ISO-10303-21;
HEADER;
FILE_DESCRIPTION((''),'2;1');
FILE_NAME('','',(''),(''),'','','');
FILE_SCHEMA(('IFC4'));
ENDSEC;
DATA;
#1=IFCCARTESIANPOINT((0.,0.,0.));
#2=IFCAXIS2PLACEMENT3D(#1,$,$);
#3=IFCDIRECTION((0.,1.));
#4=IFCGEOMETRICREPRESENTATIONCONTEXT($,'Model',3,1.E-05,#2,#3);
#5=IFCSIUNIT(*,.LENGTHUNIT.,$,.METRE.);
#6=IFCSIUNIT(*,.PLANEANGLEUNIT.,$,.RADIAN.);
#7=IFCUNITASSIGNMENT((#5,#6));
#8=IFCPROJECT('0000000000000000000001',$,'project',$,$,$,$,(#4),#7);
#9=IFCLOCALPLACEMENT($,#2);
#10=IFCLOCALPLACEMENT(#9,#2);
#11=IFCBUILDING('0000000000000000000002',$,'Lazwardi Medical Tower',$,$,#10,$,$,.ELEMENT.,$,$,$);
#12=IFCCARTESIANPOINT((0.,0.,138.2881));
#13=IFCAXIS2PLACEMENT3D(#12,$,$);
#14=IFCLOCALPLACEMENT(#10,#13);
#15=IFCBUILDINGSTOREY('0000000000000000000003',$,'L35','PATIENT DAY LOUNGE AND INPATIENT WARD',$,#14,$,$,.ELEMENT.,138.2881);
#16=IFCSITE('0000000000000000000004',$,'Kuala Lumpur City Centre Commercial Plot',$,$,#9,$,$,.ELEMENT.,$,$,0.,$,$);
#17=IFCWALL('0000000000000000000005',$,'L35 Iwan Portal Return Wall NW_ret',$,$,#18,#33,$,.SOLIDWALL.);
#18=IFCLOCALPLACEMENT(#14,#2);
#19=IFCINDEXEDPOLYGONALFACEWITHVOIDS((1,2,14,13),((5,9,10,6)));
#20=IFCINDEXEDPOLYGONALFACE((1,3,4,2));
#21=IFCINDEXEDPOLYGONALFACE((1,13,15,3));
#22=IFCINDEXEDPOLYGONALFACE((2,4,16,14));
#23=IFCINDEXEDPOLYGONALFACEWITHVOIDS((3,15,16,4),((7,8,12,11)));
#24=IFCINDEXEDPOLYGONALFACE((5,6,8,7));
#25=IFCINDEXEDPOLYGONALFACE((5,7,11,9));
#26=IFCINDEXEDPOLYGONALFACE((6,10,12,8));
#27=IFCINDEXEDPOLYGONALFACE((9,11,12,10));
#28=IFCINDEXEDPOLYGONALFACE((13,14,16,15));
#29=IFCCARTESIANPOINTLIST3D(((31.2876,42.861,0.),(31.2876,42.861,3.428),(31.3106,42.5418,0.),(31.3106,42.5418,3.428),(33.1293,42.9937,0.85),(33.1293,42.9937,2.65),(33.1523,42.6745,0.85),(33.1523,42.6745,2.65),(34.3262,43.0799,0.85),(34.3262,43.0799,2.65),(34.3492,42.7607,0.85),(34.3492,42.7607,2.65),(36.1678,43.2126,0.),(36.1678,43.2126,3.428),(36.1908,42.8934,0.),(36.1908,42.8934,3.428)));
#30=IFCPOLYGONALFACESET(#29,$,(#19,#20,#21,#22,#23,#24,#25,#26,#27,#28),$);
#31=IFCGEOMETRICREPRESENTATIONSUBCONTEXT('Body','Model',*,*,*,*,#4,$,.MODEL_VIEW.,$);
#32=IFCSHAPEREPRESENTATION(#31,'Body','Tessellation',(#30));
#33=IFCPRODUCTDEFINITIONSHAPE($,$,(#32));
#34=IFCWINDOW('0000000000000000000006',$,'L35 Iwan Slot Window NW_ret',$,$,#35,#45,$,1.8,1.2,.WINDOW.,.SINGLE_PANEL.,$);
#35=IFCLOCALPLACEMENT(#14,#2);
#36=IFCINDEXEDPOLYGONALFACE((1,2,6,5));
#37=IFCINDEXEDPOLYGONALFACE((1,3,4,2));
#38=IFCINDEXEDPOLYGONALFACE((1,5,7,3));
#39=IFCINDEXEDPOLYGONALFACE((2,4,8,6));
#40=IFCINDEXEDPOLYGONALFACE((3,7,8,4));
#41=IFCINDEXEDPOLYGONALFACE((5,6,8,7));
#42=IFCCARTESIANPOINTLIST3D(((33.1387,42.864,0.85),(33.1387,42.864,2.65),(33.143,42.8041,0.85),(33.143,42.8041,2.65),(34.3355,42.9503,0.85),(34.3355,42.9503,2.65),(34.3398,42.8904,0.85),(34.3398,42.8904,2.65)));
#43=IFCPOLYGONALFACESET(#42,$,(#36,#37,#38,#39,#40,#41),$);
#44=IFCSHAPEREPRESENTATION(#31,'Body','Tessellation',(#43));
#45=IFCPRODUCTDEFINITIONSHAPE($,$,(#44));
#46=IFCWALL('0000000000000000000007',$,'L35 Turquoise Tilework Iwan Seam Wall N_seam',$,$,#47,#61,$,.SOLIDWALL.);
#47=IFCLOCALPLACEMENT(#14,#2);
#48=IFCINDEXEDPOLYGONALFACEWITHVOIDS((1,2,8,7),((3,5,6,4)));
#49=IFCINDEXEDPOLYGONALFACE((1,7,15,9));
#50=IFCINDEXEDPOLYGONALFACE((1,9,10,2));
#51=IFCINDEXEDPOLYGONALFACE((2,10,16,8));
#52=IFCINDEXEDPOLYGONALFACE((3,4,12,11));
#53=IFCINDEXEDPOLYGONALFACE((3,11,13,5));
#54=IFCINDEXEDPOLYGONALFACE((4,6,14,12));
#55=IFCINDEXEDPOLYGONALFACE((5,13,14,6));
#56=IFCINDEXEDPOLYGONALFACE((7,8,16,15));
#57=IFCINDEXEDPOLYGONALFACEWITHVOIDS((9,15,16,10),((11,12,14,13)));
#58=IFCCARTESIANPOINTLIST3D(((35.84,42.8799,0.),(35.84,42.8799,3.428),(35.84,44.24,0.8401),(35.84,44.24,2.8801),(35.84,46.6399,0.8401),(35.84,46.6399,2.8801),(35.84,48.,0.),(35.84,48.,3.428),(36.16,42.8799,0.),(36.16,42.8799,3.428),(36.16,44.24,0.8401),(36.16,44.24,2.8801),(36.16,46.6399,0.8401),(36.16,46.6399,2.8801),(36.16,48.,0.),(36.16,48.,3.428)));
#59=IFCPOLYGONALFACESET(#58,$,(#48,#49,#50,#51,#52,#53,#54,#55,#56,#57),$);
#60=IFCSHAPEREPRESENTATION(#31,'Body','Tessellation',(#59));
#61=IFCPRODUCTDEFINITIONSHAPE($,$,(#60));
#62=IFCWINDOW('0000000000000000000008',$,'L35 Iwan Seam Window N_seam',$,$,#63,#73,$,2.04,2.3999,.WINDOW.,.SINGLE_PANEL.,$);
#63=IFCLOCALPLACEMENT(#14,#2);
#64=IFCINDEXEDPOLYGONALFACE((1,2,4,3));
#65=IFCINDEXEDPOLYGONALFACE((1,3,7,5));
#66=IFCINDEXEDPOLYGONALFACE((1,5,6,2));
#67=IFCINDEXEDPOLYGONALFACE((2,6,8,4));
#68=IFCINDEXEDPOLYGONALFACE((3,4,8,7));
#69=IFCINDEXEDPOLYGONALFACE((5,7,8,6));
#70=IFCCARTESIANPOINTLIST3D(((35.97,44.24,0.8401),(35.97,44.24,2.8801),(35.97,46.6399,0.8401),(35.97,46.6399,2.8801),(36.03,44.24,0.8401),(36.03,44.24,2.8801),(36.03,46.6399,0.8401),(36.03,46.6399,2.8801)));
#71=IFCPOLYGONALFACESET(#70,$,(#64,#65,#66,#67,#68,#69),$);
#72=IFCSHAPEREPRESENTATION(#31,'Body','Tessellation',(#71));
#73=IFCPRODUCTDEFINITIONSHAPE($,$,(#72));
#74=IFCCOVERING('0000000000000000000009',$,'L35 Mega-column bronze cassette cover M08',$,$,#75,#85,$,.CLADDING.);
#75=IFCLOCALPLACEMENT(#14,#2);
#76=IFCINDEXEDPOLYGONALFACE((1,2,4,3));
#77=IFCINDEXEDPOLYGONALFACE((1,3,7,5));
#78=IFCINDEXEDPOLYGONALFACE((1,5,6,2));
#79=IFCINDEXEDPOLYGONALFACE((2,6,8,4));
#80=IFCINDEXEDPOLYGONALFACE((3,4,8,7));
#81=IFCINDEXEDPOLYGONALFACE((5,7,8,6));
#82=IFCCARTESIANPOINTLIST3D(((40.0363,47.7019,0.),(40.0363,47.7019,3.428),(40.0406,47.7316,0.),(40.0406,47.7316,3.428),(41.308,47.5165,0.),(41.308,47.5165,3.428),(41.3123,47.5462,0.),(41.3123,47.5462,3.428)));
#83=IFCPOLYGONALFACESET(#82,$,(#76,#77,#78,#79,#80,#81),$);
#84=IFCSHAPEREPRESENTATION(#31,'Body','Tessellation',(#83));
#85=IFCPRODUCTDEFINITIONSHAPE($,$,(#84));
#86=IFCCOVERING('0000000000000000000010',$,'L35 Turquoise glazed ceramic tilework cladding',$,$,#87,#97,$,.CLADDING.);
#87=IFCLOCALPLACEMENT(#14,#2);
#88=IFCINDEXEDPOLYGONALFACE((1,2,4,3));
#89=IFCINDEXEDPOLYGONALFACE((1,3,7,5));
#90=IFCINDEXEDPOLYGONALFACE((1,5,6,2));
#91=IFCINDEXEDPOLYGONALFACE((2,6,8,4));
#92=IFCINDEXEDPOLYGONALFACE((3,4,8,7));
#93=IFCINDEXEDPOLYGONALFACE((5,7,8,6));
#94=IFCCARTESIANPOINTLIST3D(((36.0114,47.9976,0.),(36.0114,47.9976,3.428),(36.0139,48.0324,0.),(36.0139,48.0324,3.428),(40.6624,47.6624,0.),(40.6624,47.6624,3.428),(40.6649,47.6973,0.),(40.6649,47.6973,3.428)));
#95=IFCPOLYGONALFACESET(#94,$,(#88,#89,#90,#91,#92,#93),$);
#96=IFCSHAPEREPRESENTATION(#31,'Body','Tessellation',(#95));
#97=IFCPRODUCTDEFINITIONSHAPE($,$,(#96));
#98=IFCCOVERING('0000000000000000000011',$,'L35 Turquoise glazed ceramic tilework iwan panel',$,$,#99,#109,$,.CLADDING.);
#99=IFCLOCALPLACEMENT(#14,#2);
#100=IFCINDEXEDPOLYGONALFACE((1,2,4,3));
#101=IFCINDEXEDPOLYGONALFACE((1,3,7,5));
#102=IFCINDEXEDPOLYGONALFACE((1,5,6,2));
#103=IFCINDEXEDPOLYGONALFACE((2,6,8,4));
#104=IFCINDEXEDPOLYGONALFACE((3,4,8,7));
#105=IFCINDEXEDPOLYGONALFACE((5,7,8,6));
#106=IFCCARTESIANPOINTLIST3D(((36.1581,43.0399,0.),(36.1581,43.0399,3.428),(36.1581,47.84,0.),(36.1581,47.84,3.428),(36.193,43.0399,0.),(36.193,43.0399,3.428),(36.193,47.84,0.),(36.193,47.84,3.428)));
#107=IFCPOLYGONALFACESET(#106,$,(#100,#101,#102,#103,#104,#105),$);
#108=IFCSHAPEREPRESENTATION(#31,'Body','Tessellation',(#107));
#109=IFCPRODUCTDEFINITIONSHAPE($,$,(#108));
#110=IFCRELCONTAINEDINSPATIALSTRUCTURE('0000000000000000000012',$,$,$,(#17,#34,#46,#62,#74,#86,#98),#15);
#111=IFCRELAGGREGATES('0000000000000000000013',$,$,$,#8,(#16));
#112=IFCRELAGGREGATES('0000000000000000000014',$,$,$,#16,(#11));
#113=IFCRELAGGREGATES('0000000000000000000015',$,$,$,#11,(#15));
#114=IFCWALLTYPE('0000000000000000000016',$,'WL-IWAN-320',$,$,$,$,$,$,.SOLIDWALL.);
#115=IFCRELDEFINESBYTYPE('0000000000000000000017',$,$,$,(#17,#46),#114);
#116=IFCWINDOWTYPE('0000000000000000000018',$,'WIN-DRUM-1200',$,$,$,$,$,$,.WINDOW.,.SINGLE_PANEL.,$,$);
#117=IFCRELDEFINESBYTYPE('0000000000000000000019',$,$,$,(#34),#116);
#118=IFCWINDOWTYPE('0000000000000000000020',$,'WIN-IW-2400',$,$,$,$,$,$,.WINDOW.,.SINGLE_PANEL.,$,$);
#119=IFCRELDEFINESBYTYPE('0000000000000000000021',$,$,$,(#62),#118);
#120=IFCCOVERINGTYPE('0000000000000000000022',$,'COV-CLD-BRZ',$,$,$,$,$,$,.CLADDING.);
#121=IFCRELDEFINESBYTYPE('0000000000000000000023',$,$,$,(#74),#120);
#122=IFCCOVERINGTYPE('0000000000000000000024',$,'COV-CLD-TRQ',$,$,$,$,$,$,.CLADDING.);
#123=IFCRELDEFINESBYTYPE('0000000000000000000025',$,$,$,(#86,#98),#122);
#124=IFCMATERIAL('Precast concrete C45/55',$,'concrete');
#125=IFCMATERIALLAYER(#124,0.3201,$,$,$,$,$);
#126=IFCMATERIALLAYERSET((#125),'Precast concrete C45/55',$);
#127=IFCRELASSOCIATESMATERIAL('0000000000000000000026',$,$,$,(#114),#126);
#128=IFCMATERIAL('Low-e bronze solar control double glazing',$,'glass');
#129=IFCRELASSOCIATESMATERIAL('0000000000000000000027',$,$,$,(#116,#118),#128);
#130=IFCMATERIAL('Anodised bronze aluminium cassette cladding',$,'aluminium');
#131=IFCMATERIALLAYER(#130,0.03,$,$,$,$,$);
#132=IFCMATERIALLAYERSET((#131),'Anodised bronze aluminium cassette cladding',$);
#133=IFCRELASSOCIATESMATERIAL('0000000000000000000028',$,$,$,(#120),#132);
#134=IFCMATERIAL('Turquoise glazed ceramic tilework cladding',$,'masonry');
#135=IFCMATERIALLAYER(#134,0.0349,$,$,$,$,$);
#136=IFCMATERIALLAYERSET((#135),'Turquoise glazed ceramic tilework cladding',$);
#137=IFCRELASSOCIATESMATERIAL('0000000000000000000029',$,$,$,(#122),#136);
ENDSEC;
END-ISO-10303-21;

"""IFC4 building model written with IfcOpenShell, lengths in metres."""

from ifc_helpers import new_model, si_unit, direction, frame, frame_2d, origin, origin_2d, place, context, subcontext, project, spatial, rectangle, extrude, material, layer, layer_set, type_object, element, fill, save


model = new_model("IFC4")

# Units and contexts
model_context = context("Model", 3, precision=1e-05, world=origin(), true_north=direction((0.0, 1.0)))
body_context = subcontext(model_context, "Body", "Model", "MODEL_VIEW")
ifc_project = project(units=[si_unit("LENGTHUNIT", "METRE"), si_unit("PLANEANGLEUNIT", "RADIAN")], contexts=[model_context])

# Site, building, storey
site_placement = place(None, origin())
site = spatial("IfcSite", under=ifc_project, at=site_placement, Name="Kuala Lumpur City Centre Commercial Plot", CompositionType="ELEMENT", RefElevation=0.0)
building_placement = place(site_placement, origin())
building = spatial("IfcBuilding", under=site, at=building_placement, Name="Lazwardi Medical Tower", CompositionType="ELEMENT")
storey_placement = place(building_placement, frame((0.0, 0.0, 138.2881)))
storey = spatial("IfcBuildingStorey", under=building, at=storey_placement, Name="L35", Description="PATIENT DAY LOUNGE AND INPATIENT WARD", CompositionType="ELEMENT", Elevation=138.2881)

# Shared definitions
ifc_material_1 = material(Name="Low-e bronze solar control double glazing", Category="glass")

# Walls, openings, windows
ifc_material_2 = material(Name="Precast concrete C45/55", Category="concrete")
ifc_layer_1 = layer(ifc_material_2, 0.3201)
ifc_layer_set_1 = layer_set([ifc_layer_1], Name="Precast concrete C45/55")
wall_type_1 = type_object("IfcWallType", Name="WL-IWAN-320", PredefinedType="SOLIDWALL", material=ifc_layer_set_1)
wall_1_placement = place(storey_placement, frame((36.1792, 43.053, 0.0), z_axis=(0.0, 0.0, 1.0), x_axis=(-0.997415, -0.071853, 0.0)))
wall_1 = element("IfcWall", 1, at=wall_1_placement, inside=storey, type_object=wall_type_1, Name="L35 Iwan Portal Return Wall NW_ret", PredefinedType="SOLIDWALL", context=body_context, shape_type="SweptSolid", body=[
    extrude(rectangle(XDim=4.8928, YDim=0.3201, at=frame_2d((2.4463, 0.0))), origin(), (0.0, 0.0, 1.0), 3.428),
])
opening_1_placement = place(wall_1_placement, frame((1.8462, 0.0, 0.8501)))
opening_1 = element("IfcOpeningElement", 2, at=opening_1_placement, cuts=wall_1, PredefinedType="OPENING", context=body_context, shape_type="SweptSolid", body=[
    extrude(rectangle(XDim=1.2, YDim=1.8, at=frame_2d((0.6001, 0.8999))), frame((0.0, 0.1699, 0.0), z_axis=(0.0, -1.0, 0.0), x_axis=(1.0, 0.0, 0.0)), (0.0, 0.0, 1.0), 0.3401),
])
window_type_1 = type_object("IfcWindowType", Name="WIN-DRUM-1200", PartitioningType="SINGLE_PANEL", PredefinedType="WINDOW", material=ifc_material_1)
window_1_placement = place(opening_1_placement, origin())
window_1 = element("IfcWindow", 3, at=window_1_placement, inside=storey, type_object=window_type_1, Name="L35 Iwan Slot Window NW_ret", OverallHeight=1.8, OverallWidth=1.2, PartitioningType="SINGLE_PANEL", PredefinedType="WINDOW", context=body_context, shape_type="SweptSolid", body=[
    extrude(rectangle(XDim=1.2, YDim=1.8, at=frame_2d((0.6001, 0.8999))), frame((0.0, 0.03, 0.0), z_axis=(0.0, -1.0, 0.0), x_axis=(1.0, 0.0, 0.0)), (0.0, 0.0, 1.0), 0.0601),
])
fill(opening_1, window_1)
wall_2_placement = place(storey_placement, frame((36.0, 48.0, 0.0), z_axis=(0.0, 0.0, 1.0), x_axis=(0.0, -1.0, 0.0)))
wall_2 = element("IfcWall", 4, at=wall_2_placement, inside=storey, type_object=wall_type_1, Name="L35 Turquoise Tilework Iwan Seam Wall N_seam", PredefinedType="SOLIDWALL", context=body_context, shape_type="SweptSolid", body=[
    extrude(rectangle(XDim=5.1201, YDim=0.3201, at=frame_2d((2.5601, 0.0))), origin(), (0.0, 0.0, 1.0), 3.428),
])
opening_2_placement = place(wall_2_placement, frame((1.3601, 0.0, 0.8401)))
opening_2 = element("IfcOpeningElement", 5, at=opening_2_placement, cuts=wall_2, PredefinedType="OPENING", context=body_context, shape_type="SweptSolid", body=[
    extrude(rectangle(XDim=2.3999, YDim=2.04, at=frame_2d((1.2, 1.02))), frame((0.0, 0.1699, 0.0), z_axis=(0.0, -1.0, 0.0), x_axis=(1.0, 0.0, 0.0)), (0.0, 0.0, 1.0), 0.3401),
])
window_type_2 = type_object("IfcWindowType", Name="WIN-IW-2400", PartitioningType="SINGLE_PANEL", PredefinedType="WINDOW", material=ifc_material_1)
window_2_placement = place(opening_2_placement, origin())
window_2 = element("IfcWindow", 6, at=window_2_placement, inside=storey, type_object=window_type_2, Name="L35 Iwan Seam Window N_seam", OverallHeight=2.04, OverallWidth=2.3999, PartitioningType="SINGLE_PANEL", PredefinedType="WINDOW", context=body_context, shape_type="SweptSolid", body=[
    extrude(rectangle(XDim=2.3999, YDim=2.04, at=frame_2d((1.2, 1.02))), frame((0.0, 0.03, 0.0), z_axis=(0.0, -1.0, 0.0), x_axis=(1.0, 0.0, 0.0)), (0.0, 0.0, 1.0), 0.0601),
])
fill(opening_2, window_2)

# Coverings
ifc_material_3 = material(Name="Anodised bronze aluminium cassette cladding", Category="aluminium")
ifc_layer_2 = layer(ifc_material_3, 0.03)
ifc_layer_set_2 = layer_set([ifc_layer_2], Name="Anodised bronze aluminium cassette cladding")
covering_type_1 = type_object("IfcCoveringType", Name="COV-CLD-BRZ", PredefinedType="CLADDING", material=ifc_layer_set_2)
covering_1_placement = place(storey_placement, frame((40.6743, 47.624, 0.0), z_axis=(0.0, 0.0, 1.0), x_axis=(-0.989539, 0.144265, 0.0)))
element("IfcCovering", 7, at=covering_1_placement, inside=storey, type_object=covering_type_1, Name="L35 Mega-column bronze cassette cover M08", PredefinedType="CLADDING", context=body_context, shape_type="SweptSolid", body=[
    extrude(rectangle(XDim=1.2852, YDim=0.03, at=origin_2d()), origin(), (0.0, 0.0, 1.0), 3.428),
])
ifc_material_4 = material(Name="Turquoise glazed ceramic tilework cladding", Category="masonry")
ifc_layer_3 = layer(ifc_material_4, 0.0349)
ifc_layer_set_3 = layer_set([ifc_layer_3], Name="Turquoise glazed ceramic tilework cladding")
covering_type_2 = type_object("IfcCoveringType", Name="COV-CLD-TRQ", PredefinedType="CLADDING", material=ifc_layer_set_3)
covering_2_placement = place(storey_placement, frame((38.3381, 47.8474, 0.0), z_axis=(0.0, 0.0, 1.0), x_axis=(-0.997415, 0.071863, 0.0)))
element("IfcCovering", 8, at=covering_2_placement, inside=storey, type_object=covering_type_2, Name="L35 Turquoise glazed ceramic tilework cladding", PredefinedType="CLADDING", context=body_context, shape_type="SweptSolid", body=[
    extrude(rectangle(XDim=4.6631, YDim=0.0349, at=origin_2d()), origin(), (0.0, 0.0, 1.0), 3.428),
])
covering_3_placement = place(storey_placement, frame((36.1755, 45.4399, 0.0), z_axis=(0.0, 0.0, 1.0), x_axis=(0.0, -1.0, 0.0)))
element("IfcCovering", 9, at=covering_3_placement, inside=storey, type_object=covering_type_2, Name="L35 Turquoise glazed ceramic tilework iwan panel", PredefinedType="CLADDING", context=body_context, shape_type="SweptSolid", body=[
    extrude(rectangle(XDim=4.8, YDim=0.0349, at=origin_2d()), origin(), (0.0, 0.0, 1.0), 3.428),
])

save(model, "model.ifc")
